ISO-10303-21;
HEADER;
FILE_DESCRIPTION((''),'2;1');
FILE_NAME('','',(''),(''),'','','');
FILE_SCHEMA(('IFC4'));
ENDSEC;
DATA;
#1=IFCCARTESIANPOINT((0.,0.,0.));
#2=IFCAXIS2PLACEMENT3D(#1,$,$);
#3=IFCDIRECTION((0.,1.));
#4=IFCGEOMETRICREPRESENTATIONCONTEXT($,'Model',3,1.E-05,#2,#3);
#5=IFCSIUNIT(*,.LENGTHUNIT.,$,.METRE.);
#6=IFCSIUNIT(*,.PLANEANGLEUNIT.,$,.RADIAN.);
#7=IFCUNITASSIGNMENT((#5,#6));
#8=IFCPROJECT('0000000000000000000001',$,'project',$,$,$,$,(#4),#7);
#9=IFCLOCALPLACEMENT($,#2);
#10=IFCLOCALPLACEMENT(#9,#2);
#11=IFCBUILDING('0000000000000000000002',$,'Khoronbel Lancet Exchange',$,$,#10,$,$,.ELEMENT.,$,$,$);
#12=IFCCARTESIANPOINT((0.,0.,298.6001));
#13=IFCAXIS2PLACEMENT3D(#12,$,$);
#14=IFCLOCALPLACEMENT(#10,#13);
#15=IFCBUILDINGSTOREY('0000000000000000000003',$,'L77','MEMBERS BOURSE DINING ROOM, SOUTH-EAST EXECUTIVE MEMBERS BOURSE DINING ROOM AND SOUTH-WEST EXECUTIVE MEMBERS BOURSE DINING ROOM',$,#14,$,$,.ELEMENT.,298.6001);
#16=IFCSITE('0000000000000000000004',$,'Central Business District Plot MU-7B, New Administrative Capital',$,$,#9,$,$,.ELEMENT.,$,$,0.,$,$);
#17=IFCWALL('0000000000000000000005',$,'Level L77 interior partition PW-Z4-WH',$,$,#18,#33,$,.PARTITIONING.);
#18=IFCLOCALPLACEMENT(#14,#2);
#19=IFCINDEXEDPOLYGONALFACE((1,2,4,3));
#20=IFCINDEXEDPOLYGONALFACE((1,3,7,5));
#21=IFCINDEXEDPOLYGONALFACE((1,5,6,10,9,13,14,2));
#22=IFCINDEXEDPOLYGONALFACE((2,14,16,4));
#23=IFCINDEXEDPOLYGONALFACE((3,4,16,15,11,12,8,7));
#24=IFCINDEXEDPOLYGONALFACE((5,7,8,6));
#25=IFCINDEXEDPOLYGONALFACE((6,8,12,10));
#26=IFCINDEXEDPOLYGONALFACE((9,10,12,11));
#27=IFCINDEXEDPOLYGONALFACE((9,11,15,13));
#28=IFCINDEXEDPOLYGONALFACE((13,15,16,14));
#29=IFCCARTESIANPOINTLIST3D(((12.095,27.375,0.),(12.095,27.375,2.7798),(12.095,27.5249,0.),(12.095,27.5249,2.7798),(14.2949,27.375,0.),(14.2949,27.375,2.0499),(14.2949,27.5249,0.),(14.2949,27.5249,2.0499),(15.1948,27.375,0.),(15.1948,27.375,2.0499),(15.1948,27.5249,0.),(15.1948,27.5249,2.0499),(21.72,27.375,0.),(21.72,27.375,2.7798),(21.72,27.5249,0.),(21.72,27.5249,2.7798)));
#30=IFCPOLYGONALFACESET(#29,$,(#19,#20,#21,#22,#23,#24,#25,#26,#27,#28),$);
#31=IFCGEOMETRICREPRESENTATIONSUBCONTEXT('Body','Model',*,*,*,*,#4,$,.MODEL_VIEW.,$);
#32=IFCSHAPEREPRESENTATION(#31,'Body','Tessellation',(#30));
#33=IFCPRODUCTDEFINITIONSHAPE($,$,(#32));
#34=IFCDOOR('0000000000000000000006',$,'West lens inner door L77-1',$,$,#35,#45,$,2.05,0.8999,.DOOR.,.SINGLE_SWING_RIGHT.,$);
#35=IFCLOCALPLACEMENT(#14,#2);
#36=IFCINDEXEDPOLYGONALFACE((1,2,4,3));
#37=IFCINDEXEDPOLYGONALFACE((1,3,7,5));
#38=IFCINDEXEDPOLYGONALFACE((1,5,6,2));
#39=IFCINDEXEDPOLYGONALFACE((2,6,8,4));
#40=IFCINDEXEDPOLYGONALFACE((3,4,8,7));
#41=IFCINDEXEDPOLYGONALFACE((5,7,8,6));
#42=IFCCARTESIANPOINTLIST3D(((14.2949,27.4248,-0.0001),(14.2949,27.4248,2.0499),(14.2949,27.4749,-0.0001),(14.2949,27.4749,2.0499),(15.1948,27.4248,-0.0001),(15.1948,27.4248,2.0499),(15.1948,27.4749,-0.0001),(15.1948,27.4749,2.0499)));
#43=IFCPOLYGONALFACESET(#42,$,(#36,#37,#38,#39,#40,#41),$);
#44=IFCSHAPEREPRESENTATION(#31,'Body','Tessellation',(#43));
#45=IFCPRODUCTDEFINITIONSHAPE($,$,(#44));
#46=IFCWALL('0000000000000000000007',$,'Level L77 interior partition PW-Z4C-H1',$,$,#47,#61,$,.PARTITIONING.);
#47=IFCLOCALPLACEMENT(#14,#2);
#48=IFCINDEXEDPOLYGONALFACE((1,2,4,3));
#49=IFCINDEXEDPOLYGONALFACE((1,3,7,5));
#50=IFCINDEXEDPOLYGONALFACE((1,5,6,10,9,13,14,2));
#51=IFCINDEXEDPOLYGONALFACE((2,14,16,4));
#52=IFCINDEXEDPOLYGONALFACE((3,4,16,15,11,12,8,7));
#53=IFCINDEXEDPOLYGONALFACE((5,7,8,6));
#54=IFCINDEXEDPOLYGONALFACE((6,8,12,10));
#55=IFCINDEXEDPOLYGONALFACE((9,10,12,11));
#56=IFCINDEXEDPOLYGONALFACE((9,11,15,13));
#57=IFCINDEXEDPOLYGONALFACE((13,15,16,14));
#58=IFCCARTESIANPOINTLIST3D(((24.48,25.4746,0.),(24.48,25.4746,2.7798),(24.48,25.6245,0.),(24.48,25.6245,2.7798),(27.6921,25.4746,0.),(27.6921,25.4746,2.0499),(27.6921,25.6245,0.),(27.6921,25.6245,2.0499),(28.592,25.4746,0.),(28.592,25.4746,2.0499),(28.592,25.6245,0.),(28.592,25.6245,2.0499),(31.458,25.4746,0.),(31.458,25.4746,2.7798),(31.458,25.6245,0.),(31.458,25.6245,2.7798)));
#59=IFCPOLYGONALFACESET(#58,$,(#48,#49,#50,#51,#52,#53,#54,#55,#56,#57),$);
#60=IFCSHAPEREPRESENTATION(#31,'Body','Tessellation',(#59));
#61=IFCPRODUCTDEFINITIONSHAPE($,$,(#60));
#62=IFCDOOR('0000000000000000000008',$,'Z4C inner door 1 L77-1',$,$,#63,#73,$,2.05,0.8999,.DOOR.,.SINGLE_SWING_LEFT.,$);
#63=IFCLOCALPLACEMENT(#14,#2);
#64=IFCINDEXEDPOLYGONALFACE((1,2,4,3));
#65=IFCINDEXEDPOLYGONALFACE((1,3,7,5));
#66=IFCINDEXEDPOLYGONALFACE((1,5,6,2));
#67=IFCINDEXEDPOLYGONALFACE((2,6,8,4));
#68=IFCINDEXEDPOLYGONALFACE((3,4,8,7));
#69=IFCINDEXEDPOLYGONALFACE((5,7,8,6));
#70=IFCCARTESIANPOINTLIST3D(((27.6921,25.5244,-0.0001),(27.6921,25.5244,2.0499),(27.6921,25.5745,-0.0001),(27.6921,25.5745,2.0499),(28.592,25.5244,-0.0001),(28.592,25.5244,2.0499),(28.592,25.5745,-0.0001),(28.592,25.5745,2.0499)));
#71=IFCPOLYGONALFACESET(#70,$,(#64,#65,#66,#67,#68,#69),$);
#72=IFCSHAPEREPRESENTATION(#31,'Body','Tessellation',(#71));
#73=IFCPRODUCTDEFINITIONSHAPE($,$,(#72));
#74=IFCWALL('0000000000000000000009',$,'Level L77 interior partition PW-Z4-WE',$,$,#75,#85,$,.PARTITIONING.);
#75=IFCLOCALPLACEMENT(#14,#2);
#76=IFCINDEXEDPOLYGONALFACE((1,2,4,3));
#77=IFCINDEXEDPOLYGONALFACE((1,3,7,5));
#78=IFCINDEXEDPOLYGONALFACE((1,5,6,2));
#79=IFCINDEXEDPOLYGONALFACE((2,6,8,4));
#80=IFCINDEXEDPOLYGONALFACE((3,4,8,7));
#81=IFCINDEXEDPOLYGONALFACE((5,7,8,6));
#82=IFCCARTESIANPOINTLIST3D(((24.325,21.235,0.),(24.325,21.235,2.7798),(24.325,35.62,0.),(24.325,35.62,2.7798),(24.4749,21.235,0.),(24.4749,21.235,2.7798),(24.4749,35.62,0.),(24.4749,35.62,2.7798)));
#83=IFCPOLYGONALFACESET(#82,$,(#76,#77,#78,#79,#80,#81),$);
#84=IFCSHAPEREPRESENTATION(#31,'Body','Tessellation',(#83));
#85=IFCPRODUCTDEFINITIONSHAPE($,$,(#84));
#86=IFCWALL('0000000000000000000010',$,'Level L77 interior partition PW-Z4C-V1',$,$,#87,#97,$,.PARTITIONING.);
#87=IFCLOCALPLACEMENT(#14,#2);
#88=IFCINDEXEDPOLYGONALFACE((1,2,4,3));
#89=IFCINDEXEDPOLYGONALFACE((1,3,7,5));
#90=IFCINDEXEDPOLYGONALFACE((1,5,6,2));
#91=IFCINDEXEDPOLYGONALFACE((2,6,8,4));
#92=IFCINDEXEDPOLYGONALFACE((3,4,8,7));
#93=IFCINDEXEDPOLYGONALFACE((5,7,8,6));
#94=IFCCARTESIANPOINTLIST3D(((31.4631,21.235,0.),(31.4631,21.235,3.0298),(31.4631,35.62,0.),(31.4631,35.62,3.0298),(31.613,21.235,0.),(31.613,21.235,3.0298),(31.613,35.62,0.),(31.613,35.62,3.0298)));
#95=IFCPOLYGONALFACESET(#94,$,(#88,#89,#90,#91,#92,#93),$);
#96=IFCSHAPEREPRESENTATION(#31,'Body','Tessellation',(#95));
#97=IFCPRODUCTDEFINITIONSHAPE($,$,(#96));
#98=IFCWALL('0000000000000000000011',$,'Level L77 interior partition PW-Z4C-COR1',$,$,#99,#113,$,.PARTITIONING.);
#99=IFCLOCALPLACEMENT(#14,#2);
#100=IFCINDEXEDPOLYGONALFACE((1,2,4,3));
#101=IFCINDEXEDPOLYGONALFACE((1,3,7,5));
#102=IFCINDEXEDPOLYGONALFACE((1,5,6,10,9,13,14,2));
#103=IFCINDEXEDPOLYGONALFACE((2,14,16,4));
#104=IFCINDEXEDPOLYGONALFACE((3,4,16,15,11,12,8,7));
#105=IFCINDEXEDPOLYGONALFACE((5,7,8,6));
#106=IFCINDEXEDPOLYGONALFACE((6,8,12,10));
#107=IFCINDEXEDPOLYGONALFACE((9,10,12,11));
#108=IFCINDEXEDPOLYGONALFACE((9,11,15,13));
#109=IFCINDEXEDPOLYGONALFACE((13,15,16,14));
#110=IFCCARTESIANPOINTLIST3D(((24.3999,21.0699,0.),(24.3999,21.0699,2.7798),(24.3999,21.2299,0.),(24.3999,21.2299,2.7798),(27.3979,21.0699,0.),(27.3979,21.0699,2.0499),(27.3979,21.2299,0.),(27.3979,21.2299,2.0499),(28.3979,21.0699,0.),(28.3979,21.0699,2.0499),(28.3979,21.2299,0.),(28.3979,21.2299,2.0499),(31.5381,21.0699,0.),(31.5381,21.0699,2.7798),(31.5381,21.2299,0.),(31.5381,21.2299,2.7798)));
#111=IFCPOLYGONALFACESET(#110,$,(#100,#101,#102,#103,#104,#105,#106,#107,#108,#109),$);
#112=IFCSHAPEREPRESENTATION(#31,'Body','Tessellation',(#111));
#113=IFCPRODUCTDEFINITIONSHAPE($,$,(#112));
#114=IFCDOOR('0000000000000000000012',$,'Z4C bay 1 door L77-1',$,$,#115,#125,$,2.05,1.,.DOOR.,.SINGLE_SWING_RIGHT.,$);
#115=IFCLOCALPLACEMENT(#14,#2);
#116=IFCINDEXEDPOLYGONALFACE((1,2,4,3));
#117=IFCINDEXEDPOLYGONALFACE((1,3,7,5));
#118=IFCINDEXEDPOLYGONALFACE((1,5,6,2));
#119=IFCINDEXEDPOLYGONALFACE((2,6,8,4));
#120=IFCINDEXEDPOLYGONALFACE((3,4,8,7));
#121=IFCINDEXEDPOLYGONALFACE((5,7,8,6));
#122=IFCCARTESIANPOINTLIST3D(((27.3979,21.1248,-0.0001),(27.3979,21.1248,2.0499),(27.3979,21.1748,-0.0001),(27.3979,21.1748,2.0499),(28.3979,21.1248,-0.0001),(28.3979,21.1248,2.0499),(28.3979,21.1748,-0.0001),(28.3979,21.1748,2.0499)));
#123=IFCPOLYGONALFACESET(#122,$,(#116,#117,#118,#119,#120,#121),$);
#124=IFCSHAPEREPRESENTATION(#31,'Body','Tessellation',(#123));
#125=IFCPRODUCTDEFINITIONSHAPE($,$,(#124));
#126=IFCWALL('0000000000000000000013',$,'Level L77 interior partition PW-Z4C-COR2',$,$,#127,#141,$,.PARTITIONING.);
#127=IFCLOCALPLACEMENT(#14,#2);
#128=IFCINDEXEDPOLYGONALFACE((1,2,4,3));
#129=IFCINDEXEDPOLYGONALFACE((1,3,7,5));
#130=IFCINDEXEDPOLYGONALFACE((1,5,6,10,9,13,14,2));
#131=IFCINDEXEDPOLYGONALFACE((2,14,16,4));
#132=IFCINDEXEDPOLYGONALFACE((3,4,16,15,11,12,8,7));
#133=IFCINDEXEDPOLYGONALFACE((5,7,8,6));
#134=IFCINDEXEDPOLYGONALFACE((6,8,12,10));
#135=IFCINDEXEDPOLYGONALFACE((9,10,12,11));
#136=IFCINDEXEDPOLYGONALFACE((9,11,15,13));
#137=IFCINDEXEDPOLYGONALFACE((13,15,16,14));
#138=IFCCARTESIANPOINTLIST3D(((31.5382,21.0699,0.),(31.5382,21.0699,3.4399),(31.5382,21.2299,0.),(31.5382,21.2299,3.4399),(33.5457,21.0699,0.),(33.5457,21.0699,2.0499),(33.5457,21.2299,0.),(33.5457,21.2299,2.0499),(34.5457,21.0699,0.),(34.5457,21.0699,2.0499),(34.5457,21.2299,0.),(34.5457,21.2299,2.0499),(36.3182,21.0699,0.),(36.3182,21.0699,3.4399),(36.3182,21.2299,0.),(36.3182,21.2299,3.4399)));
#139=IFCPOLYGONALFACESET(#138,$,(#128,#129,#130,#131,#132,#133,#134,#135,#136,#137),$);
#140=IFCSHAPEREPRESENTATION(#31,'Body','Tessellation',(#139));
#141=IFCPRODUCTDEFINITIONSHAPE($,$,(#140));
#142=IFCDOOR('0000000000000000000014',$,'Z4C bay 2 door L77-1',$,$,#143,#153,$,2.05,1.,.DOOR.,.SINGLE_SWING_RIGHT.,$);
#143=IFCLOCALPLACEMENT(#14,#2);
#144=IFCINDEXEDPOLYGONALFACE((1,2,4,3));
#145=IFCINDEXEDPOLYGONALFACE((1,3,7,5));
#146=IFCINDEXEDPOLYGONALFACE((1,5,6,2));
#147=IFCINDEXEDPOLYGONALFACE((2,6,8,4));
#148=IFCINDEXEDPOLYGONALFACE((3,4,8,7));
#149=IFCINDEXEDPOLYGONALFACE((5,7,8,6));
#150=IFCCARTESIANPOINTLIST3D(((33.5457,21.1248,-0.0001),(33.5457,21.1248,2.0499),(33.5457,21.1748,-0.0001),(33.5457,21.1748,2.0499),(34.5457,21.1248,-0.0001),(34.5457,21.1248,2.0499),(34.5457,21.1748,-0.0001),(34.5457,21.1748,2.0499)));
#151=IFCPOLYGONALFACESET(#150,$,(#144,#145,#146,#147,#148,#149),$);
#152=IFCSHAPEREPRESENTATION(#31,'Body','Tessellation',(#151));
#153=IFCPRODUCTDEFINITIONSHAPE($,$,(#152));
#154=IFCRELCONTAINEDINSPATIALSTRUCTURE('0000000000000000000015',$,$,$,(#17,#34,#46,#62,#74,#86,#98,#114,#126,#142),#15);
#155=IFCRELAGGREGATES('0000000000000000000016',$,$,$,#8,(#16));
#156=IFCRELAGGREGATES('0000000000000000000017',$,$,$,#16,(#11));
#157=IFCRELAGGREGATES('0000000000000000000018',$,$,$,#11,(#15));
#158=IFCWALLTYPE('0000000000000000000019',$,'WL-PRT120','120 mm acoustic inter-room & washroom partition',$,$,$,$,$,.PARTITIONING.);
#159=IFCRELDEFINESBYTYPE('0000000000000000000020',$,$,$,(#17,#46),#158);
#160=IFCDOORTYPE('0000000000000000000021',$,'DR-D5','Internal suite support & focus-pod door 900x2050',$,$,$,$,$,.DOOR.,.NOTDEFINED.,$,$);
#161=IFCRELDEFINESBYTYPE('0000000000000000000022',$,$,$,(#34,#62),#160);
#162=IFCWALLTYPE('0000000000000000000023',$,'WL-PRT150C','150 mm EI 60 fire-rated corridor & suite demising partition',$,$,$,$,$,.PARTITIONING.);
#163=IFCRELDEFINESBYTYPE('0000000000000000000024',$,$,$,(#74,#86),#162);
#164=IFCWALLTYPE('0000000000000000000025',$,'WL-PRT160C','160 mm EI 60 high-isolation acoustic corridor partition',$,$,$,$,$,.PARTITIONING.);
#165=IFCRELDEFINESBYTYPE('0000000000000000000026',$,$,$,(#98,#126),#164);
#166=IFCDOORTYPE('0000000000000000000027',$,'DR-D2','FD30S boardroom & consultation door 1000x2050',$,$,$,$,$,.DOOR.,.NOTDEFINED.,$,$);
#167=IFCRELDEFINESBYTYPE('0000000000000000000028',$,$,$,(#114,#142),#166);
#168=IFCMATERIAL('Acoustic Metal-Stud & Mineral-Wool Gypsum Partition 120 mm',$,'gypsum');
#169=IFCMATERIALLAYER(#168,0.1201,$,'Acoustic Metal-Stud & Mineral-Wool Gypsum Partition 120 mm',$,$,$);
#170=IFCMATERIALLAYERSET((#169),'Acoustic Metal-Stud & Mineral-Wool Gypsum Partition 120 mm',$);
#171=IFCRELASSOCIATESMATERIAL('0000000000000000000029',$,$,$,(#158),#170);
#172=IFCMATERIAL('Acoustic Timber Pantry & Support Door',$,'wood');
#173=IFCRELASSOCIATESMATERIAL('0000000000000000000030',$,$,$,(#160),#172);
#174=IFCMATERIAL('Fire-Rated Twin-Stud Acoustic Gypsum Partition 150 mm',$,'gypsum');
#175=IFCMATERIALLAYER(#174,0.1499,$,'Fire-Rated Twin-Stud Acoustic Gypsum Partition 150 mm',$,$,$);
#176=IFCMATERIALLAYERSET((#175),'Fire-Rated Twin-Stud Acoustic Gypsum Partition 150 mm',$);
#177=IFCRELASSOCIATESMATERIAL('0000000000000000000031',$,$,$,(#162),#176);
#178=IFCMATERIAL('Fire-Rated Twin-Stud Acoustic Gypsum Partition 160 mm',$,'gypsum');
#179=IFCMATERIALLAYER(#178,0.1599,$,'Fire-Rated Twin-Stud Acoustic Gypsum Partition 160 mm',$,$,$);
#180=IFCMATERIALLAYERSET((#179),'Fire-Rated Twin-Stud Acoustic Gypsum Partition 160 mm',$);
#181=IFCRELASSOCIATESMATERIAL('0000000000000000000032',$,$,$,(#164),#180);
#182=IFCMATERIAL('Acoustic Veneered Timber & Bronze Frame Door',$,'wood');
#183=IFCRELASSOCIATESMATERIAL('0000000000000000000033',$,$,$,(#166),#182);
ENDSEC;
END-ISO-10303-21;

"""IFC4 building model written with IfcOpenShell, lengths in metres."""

from ifc_helpers import new_model, si_unit, direction, frame, frame_2d, origin, place, context, subcontext, project, spatial, rectangle, extrude, material, layer, layer_set, type_object, element, fill, save


model = new_model("IFC4")

# Units and contexts
model_context = context("Model", 3, precision=1e-05, world=origin(), true_north=direction((0.0, 1.0)))
body_context = subcontext(model_context, "Body", "Model", "MODEL_VIEW")
ifc_project = project(units=[si_unit("LENGTHUNIT", "METRE"), si_unit("PLANEANGLEUNIT", "RADIAN")], contexts=[model_context])

# Site, building, storey
site_placement = place(None, origin())
site = spatial("IfcSite", under=ifc_project, at=site_placement, Name="Central Business District Plot MU-7B, New Administrative Capital", CompositionType="ELEMENT", RefElevation=0.0)
building_placement = place(site_placement, origin())
building = spatial("IfcBuilding", under=site, at=building_placement, Name="Khoronbel Lancet Exchange", CompositionType="ELEMENT")
storey_placement = place(building_placement, frame((0.0, 0.0, 298.6001)))
storey = spatial("IfcBuildingStorey", under=building, at=storey_placement, Name="L77", Description="MEMBERS BOURSE DINING ROOM, SOUTH-EAST EXECUTIVE MEMBERS BOURSE DINING ROOM AND SOUTH-WEST EXECUTIVE MEMBERS BOURSE DINING ROOM", CompositionType="ELEMENT", Elevation=298.6001)

# Walls, openings, doors
ifc_material_1 = material(Name="Acoustic Metal-Stud & Mineral-Wool Gypsum Partition 120 mm", Category="gypsum")
ifc_layer_1 = layer(ifc_material_1, 0.1201, Name="Acoustic Metal-Stud & Mineral-Wool Gypsum Partition 120 mm")
ifc_layer_set_1 = layer_set([ifc_layer_1], Name="Acoustic Metal-Stud & Mineral-Wool Gypsum Partition 120 mm")
wall_type_1 = type_object("IfcWallType", Name="WL-PRT120", Description="120 mm acoustic inter-room & washroom partition", PredefinedType="PARTITIONING", material=ifc_layer_set_1)
wall_1_placement = place(storey_placement, frame((12.095, 27.45, 0.0), z_axis=(0.0, 0.0, 1.0), x_axis=(1.0, 0.0, 0.0)))
wall_1 = element("IfcWall", 1, at=wall_1_placement, inside=storey, type_object=wall_type_1, Name="Level L77 interior partition PW-Z4-WH", PredefinedType="PARTITIONING", context=body_context, shape_type="SweptSolid", body=[
    extrude(rectangle(XDim=9.625, YDim=0.1499, at=frame_2d((4.8125, 0.0))), origin(), (0.0, 0.0, 1.0), 2.7798),
])
opening_1_placement = place(wall_1_placement, frame((2.2, 0.0, 0.0)))
opening_1 = element("IfcOpeningElement", 2, at=opening_1_placement, cuts=wall_1, PredefinedType="OPENING", context=body_context, shape_type="SweptSolid", body=[
    extrude(rectangle(XDim=0.8999, YDim=2.05, at=frame_2d((0.45, 1.0249))), frame((0.0, 0.085, 0.0), z_axis=(0.0, -1.0, 0.0), x_axis=(1.0, 0.0, 0.0)), (0.0, 0.0, 1.0), 0.1699),
])
ifc_material_2 = material(Name="Acoustic Timber Pantry & Support Door", Category="wood")
door_type_1 = type_object("IfcDoorType", Name="DR-D5", Description="Internal suite support & focus-pod door 900x2050", OperationType="NOTDEFINED", PredefinedType="DOOR", material=ifc_material_2)
door_1_placement = place(opening_1_placement, origin())
door_1 = element("IfcDoor", 3, at=door_1_placement, inside=storey, type_object=door_type_1, Name="West lens inner door L77-1", OperationType="SINGLE_SWING_RIGHT", OverallHeight=2.05, OverallWidth=0.8999, PredefinedType="DOOR", context=body_context, shape_type="SweptSolid", body=[
    extrude(rectangle(XDim=0.8999, YDim=2.05, at=frame_2d((0.45, 1.0249))), frame((0.0, 0.0249, 0.0), z_axis=(0.0, -1.0, 0.0), x_axis=(1.0, 0.0, 0.0)), (0.0, 0.0, 1.0), 0.05),
])
fill(opening_1, door_1)
wall_2_placement = place(storey_placement, frame((24.48, 25.5496, 0.0), z_axis=(0.0, 0.0, 1.0), x_axis=(1.0, 0.0, 0.0)))
wall_2 = element("IfcWall", 4, at=wall_2_placement, inside=storey, type_object=wall_type_1, Name="Level L77 interior partition PW-Z4C-H1", PredefinedType="PARTITIONING", context=body_context, shape_type="SweptSolid", body=[
    extrude(rectangle(XDim=6.978, YDim=0.1499, at=frame_2d((3.489, 0.0))), origin(), (0.0, 0.0, 1.0), 2.7798),
])
opening_2_placement = place(wall_2_placement, frame((3.2122, 0.0, 0.0)))
opening_2 = element("IfcOpeningElement", 5, at=opening_2_placement, cuts=wall_2, PredefinedType="OPENING", context=body_context, shape_type="SweptSolid", body=[
    extrude(rectangle(XDim=0.8999, YDim=2.05, at=frame_2d((0.45, 1.0249))), frame((0.0, 0.085, 0.0), z_axis=(0.0, -1.0, 0.0), x_axis=(1.0, 0.0, 0.0)), (0.0, 0.0, 1.0), 0.1699),
])
door_2_placement = place(opening_2_placement, origin())
door_2 = element("IfcDoor", 6, at=door_2_placement, inside=storey, type_object=door_type_1, Name="Z4C inner door 1 L77-1", OperationType="SINGLE_SWING_LEFT", OverallHeight=2.05, OverallWidth=0.8999, PredefinedType="DOOR", context=body_context, shape_type="SweptSolid", body=[
    extrude(rectangle(XDim=0.8999, YDim=2.05, at=frame_2d((0.45, 1.0249))), frame((0.0, 0.0249, 0.0), z_axis=(0.0, -1.0, 0.0), x_axis=(1.0, 0.0, 0.0)), (0.0, 0.0, 1.0), 0.05),
])
fill(opening_2, door_2)

# Walls
ifc_material_3 = material(Name="Fire-Rated Twin-Stud Acoustic Gypsum Partition 150 mm", Category="gypsum")
ifc_layer_2 = layer(ifc_material_3, 0.1499, Name="Fire-Rated Twin-Stud Acoustic Gypsum Partition 150 mm")
ifc_layer_set_2 = layer_set([ifc_layer_2], Name="Fire-Rated Twin-Stud Acoustic Gypsum Partition 150 mm")
wall_type_2 = type_object("IfcWallType", Name="WL-PRT150C", Description="150 mm EI 60 fire-rated corridor & suite demising partition", PredefinedType="PARTITIONING", material=ifc_layer_set_2)
wall_3_placement = place(storey_placement, frame((24.3999, 21.2351, 0.0), z_axis=(0.0, 0.0, 1.0), x_axis=(0.0, 1.0, 0.0)))
element("IfcWall", 7, at=wall_3_placement, inside=storey, type_object=wall_type_2, Name="Level L77 interior partition PW-Z4-WE", PredefinedType="PARTITIONING", context=body_context, shape_type="SweptSolid", body=[
    extrude(rectangle(XDim=14.385, YDim=0.1499, at=frame_2d((7.1924, 0.0))), origin(), (0.0, 0.0, 1.0), 2.7798),
])
wall_4_placement = place(storey_placement, frame((31.5381, 21.2351, 0.0), z_axis=(0.0, 0.0, 1.0), x_axis=(0.0, 1.0, 0.0)))
element("IfcWall", 8, at=wall_4_placement, inside=storey, type_object=wall_type_2, Name="Level L77 interior partition PW-Z4C-V1", PredefinedType="PARTITIONING", context=body_context, shape_type="SweptSolid", body=[
    extrude(rectangle(XDim=14.385, YDim=0.1499, at=frame_2d((7.1924, 0.0))), origin(), (0.0, 0.0, 1.0), 3.0298),
])

# Walls, openings, doors
ifc_material_4 = material(Name="Fire-Rated Twin-Stud Acoustic Gypsum Partition 160 mm", Category="gypsum")
ifc_layer_3 = layer(ifc_material_4, 0.1599, Name="Fire-Rated Twin-Stud Acoustic Gypsum Partition 160 mm")
ifc_layer_set_3 = layer_set([ifc_layer_3], Name="Fire-Rated Twin-Stud Acoustic Gypsum Partition 160 mm")
wall_type_3 = type_object("IfcWallType", Name="WL-PRT160C", Description="160 mm EI 60 high-isolation acoustic corridor partition", PredefinedType="PARTITIONING", material=ifc_layer_set_3)
wall_5_placement = place(storey_placement, frame((24.3999, 21.1499, 0.0), z_axis=(0.0, 0.0, 1.0), x_axis=(1.0, 0.0, 0.0)))
wall_5 = element("IfcWall", 9, at=wall_5_placement, inside=storey, type_object=wall_type_3, Name="Level L77 interior partition PW-Z4C-COR1", PredefinedType="PARTITIONING", context=body_context, shape_type="SweptSolid", body=[
    extrude(rectangle(XDim=7.1382, YDim=0.1599, at=frame_2d((3.5691, 0.0))), origin(), (0.0, 0.0, 1.0), 2.7798),
])
opening_3_placement = place(wall_5_placement, frame((2.998, 0.0, 0.0)))
opening_3 = element("IfcOpeningElement", 10, at=opening_3_placement, cuts=wall_5, PredefinedType="OPENING", context=body_context, shape_type="SweptSolid", body=[
    extrude(rectangle(XDim=1.0, YDim=2.05, at=frame_2d((0.5, 1.0249))), frame((0.0, 0.0898, 0.0), z_axis=(0.0, -1.0, 0.0), x_axis=(1.0, 0.0, 0.0)), (0.0, 0.0, 1.0), 0.1799),
])
ifc_material_5 = material(Name="Acoustic Veneered Timber & Bronze Frame Door", Category="wood")
door_type_2 = type_object("IfcDoorType", Name="DR-D2", Description="FD30S boardroom & consultation door 1000x2050", OperationType="NOTDEFINED", PredefinedType="DOOR", material=ifc_material_5)
door_3_placement = place(opening_3_placement, origin())
door_3 = element("IfcDoor", 11, at=door_3_placement, inside=storey, type_object=door_type_2, Name="Z4C bay 1 door L77-1", OperationType="SINGLE_SWING_RIGHT", OverallHeight=2.05, OverallWidth=1.0, PredefinedType="DOOR", context=body_context, shape_type="SweptSolid", body=[
    extrude(rectangle(XDim=1.0, YDim=2.05, at=frame_2d((0.5, 1.0249))), frame((0.0, 0.0249, 0.0), z_axis=(0.0, -1.0, 0.0), x_axis=(1.0, 0.0, 0.0)), (0.0, 0.0, 1.0), 0.05),
])
fill(opening_3, door_3)
wall_6_placement = place(storey_placement, frame((31.5381, 21.1499, 0.0), z_axis=(0.0, 0.0, 1.0), x_axis=(1.0, 0.0, 0.0)))
wall_6 = element("IfcWall", 12, at=wall_6_placement, inside=storey, type_object=wall_type_3, Name="Level L77 interior partition PW-Z4C-COR2", PredefinedType="PARTITIONING", context=body_context, shape_type="SweptSolid", body=[
    extrude(rectangle(XDim=4.78, YDim=0.1599, at=frame_2d((2.3901, 0.0))), origin(), (0.0, 0.0, 1.0), 3.4399),
])
opening_4_placement = place(wall_6_placement, frame((2.0076, 0.0, 0.0)))
opening_4 = element("IfcOpeningElement", 13, at=opening_4_placement, cuts=wall_6, PredefinedType="OPENING", context=body_context, shape_type="SweptSolid", body=[
    extrude(rectangle(XDim=1.0, YDim=2.05, at=frame_2d((0.5, 1.0249))), frame((0.0, 0.0898, 0.0), z_axis=(0.0, -1.0, 0.0), x_axis=(1.0, 0.0, 0.0)), (0.0, 0.0, 1.0), 0.1799),
])
door_4_placement = place(opening_4_placement, origin())
door_4 = element("IfcDoor", 14, at=door_4_placement, inside=storey, type_object=door_type_2, Name="Z4C bay 2 door L77-1", OperationType="SINGLE_SWING_RIGHT", OverallHeight=2.05, OverallWidth=1.0, PredefinedType="DOOR", context=body_context, shape_type="SweptSolid", body=[
    extrude(rectangle(XDim=1.0, YDim=2.05, at=frame_2d((0.5, 1.0249))), frame((0.0, 0.0249, 0.0), z_axis=(0.0, -1.0, 0.0), x_axis=(1.0, 0.0, 0.0)), (0.0, 0.0, 1.0), 0.05),
])
fill(opening_4, door_4)

save(model, "model.ifc")
